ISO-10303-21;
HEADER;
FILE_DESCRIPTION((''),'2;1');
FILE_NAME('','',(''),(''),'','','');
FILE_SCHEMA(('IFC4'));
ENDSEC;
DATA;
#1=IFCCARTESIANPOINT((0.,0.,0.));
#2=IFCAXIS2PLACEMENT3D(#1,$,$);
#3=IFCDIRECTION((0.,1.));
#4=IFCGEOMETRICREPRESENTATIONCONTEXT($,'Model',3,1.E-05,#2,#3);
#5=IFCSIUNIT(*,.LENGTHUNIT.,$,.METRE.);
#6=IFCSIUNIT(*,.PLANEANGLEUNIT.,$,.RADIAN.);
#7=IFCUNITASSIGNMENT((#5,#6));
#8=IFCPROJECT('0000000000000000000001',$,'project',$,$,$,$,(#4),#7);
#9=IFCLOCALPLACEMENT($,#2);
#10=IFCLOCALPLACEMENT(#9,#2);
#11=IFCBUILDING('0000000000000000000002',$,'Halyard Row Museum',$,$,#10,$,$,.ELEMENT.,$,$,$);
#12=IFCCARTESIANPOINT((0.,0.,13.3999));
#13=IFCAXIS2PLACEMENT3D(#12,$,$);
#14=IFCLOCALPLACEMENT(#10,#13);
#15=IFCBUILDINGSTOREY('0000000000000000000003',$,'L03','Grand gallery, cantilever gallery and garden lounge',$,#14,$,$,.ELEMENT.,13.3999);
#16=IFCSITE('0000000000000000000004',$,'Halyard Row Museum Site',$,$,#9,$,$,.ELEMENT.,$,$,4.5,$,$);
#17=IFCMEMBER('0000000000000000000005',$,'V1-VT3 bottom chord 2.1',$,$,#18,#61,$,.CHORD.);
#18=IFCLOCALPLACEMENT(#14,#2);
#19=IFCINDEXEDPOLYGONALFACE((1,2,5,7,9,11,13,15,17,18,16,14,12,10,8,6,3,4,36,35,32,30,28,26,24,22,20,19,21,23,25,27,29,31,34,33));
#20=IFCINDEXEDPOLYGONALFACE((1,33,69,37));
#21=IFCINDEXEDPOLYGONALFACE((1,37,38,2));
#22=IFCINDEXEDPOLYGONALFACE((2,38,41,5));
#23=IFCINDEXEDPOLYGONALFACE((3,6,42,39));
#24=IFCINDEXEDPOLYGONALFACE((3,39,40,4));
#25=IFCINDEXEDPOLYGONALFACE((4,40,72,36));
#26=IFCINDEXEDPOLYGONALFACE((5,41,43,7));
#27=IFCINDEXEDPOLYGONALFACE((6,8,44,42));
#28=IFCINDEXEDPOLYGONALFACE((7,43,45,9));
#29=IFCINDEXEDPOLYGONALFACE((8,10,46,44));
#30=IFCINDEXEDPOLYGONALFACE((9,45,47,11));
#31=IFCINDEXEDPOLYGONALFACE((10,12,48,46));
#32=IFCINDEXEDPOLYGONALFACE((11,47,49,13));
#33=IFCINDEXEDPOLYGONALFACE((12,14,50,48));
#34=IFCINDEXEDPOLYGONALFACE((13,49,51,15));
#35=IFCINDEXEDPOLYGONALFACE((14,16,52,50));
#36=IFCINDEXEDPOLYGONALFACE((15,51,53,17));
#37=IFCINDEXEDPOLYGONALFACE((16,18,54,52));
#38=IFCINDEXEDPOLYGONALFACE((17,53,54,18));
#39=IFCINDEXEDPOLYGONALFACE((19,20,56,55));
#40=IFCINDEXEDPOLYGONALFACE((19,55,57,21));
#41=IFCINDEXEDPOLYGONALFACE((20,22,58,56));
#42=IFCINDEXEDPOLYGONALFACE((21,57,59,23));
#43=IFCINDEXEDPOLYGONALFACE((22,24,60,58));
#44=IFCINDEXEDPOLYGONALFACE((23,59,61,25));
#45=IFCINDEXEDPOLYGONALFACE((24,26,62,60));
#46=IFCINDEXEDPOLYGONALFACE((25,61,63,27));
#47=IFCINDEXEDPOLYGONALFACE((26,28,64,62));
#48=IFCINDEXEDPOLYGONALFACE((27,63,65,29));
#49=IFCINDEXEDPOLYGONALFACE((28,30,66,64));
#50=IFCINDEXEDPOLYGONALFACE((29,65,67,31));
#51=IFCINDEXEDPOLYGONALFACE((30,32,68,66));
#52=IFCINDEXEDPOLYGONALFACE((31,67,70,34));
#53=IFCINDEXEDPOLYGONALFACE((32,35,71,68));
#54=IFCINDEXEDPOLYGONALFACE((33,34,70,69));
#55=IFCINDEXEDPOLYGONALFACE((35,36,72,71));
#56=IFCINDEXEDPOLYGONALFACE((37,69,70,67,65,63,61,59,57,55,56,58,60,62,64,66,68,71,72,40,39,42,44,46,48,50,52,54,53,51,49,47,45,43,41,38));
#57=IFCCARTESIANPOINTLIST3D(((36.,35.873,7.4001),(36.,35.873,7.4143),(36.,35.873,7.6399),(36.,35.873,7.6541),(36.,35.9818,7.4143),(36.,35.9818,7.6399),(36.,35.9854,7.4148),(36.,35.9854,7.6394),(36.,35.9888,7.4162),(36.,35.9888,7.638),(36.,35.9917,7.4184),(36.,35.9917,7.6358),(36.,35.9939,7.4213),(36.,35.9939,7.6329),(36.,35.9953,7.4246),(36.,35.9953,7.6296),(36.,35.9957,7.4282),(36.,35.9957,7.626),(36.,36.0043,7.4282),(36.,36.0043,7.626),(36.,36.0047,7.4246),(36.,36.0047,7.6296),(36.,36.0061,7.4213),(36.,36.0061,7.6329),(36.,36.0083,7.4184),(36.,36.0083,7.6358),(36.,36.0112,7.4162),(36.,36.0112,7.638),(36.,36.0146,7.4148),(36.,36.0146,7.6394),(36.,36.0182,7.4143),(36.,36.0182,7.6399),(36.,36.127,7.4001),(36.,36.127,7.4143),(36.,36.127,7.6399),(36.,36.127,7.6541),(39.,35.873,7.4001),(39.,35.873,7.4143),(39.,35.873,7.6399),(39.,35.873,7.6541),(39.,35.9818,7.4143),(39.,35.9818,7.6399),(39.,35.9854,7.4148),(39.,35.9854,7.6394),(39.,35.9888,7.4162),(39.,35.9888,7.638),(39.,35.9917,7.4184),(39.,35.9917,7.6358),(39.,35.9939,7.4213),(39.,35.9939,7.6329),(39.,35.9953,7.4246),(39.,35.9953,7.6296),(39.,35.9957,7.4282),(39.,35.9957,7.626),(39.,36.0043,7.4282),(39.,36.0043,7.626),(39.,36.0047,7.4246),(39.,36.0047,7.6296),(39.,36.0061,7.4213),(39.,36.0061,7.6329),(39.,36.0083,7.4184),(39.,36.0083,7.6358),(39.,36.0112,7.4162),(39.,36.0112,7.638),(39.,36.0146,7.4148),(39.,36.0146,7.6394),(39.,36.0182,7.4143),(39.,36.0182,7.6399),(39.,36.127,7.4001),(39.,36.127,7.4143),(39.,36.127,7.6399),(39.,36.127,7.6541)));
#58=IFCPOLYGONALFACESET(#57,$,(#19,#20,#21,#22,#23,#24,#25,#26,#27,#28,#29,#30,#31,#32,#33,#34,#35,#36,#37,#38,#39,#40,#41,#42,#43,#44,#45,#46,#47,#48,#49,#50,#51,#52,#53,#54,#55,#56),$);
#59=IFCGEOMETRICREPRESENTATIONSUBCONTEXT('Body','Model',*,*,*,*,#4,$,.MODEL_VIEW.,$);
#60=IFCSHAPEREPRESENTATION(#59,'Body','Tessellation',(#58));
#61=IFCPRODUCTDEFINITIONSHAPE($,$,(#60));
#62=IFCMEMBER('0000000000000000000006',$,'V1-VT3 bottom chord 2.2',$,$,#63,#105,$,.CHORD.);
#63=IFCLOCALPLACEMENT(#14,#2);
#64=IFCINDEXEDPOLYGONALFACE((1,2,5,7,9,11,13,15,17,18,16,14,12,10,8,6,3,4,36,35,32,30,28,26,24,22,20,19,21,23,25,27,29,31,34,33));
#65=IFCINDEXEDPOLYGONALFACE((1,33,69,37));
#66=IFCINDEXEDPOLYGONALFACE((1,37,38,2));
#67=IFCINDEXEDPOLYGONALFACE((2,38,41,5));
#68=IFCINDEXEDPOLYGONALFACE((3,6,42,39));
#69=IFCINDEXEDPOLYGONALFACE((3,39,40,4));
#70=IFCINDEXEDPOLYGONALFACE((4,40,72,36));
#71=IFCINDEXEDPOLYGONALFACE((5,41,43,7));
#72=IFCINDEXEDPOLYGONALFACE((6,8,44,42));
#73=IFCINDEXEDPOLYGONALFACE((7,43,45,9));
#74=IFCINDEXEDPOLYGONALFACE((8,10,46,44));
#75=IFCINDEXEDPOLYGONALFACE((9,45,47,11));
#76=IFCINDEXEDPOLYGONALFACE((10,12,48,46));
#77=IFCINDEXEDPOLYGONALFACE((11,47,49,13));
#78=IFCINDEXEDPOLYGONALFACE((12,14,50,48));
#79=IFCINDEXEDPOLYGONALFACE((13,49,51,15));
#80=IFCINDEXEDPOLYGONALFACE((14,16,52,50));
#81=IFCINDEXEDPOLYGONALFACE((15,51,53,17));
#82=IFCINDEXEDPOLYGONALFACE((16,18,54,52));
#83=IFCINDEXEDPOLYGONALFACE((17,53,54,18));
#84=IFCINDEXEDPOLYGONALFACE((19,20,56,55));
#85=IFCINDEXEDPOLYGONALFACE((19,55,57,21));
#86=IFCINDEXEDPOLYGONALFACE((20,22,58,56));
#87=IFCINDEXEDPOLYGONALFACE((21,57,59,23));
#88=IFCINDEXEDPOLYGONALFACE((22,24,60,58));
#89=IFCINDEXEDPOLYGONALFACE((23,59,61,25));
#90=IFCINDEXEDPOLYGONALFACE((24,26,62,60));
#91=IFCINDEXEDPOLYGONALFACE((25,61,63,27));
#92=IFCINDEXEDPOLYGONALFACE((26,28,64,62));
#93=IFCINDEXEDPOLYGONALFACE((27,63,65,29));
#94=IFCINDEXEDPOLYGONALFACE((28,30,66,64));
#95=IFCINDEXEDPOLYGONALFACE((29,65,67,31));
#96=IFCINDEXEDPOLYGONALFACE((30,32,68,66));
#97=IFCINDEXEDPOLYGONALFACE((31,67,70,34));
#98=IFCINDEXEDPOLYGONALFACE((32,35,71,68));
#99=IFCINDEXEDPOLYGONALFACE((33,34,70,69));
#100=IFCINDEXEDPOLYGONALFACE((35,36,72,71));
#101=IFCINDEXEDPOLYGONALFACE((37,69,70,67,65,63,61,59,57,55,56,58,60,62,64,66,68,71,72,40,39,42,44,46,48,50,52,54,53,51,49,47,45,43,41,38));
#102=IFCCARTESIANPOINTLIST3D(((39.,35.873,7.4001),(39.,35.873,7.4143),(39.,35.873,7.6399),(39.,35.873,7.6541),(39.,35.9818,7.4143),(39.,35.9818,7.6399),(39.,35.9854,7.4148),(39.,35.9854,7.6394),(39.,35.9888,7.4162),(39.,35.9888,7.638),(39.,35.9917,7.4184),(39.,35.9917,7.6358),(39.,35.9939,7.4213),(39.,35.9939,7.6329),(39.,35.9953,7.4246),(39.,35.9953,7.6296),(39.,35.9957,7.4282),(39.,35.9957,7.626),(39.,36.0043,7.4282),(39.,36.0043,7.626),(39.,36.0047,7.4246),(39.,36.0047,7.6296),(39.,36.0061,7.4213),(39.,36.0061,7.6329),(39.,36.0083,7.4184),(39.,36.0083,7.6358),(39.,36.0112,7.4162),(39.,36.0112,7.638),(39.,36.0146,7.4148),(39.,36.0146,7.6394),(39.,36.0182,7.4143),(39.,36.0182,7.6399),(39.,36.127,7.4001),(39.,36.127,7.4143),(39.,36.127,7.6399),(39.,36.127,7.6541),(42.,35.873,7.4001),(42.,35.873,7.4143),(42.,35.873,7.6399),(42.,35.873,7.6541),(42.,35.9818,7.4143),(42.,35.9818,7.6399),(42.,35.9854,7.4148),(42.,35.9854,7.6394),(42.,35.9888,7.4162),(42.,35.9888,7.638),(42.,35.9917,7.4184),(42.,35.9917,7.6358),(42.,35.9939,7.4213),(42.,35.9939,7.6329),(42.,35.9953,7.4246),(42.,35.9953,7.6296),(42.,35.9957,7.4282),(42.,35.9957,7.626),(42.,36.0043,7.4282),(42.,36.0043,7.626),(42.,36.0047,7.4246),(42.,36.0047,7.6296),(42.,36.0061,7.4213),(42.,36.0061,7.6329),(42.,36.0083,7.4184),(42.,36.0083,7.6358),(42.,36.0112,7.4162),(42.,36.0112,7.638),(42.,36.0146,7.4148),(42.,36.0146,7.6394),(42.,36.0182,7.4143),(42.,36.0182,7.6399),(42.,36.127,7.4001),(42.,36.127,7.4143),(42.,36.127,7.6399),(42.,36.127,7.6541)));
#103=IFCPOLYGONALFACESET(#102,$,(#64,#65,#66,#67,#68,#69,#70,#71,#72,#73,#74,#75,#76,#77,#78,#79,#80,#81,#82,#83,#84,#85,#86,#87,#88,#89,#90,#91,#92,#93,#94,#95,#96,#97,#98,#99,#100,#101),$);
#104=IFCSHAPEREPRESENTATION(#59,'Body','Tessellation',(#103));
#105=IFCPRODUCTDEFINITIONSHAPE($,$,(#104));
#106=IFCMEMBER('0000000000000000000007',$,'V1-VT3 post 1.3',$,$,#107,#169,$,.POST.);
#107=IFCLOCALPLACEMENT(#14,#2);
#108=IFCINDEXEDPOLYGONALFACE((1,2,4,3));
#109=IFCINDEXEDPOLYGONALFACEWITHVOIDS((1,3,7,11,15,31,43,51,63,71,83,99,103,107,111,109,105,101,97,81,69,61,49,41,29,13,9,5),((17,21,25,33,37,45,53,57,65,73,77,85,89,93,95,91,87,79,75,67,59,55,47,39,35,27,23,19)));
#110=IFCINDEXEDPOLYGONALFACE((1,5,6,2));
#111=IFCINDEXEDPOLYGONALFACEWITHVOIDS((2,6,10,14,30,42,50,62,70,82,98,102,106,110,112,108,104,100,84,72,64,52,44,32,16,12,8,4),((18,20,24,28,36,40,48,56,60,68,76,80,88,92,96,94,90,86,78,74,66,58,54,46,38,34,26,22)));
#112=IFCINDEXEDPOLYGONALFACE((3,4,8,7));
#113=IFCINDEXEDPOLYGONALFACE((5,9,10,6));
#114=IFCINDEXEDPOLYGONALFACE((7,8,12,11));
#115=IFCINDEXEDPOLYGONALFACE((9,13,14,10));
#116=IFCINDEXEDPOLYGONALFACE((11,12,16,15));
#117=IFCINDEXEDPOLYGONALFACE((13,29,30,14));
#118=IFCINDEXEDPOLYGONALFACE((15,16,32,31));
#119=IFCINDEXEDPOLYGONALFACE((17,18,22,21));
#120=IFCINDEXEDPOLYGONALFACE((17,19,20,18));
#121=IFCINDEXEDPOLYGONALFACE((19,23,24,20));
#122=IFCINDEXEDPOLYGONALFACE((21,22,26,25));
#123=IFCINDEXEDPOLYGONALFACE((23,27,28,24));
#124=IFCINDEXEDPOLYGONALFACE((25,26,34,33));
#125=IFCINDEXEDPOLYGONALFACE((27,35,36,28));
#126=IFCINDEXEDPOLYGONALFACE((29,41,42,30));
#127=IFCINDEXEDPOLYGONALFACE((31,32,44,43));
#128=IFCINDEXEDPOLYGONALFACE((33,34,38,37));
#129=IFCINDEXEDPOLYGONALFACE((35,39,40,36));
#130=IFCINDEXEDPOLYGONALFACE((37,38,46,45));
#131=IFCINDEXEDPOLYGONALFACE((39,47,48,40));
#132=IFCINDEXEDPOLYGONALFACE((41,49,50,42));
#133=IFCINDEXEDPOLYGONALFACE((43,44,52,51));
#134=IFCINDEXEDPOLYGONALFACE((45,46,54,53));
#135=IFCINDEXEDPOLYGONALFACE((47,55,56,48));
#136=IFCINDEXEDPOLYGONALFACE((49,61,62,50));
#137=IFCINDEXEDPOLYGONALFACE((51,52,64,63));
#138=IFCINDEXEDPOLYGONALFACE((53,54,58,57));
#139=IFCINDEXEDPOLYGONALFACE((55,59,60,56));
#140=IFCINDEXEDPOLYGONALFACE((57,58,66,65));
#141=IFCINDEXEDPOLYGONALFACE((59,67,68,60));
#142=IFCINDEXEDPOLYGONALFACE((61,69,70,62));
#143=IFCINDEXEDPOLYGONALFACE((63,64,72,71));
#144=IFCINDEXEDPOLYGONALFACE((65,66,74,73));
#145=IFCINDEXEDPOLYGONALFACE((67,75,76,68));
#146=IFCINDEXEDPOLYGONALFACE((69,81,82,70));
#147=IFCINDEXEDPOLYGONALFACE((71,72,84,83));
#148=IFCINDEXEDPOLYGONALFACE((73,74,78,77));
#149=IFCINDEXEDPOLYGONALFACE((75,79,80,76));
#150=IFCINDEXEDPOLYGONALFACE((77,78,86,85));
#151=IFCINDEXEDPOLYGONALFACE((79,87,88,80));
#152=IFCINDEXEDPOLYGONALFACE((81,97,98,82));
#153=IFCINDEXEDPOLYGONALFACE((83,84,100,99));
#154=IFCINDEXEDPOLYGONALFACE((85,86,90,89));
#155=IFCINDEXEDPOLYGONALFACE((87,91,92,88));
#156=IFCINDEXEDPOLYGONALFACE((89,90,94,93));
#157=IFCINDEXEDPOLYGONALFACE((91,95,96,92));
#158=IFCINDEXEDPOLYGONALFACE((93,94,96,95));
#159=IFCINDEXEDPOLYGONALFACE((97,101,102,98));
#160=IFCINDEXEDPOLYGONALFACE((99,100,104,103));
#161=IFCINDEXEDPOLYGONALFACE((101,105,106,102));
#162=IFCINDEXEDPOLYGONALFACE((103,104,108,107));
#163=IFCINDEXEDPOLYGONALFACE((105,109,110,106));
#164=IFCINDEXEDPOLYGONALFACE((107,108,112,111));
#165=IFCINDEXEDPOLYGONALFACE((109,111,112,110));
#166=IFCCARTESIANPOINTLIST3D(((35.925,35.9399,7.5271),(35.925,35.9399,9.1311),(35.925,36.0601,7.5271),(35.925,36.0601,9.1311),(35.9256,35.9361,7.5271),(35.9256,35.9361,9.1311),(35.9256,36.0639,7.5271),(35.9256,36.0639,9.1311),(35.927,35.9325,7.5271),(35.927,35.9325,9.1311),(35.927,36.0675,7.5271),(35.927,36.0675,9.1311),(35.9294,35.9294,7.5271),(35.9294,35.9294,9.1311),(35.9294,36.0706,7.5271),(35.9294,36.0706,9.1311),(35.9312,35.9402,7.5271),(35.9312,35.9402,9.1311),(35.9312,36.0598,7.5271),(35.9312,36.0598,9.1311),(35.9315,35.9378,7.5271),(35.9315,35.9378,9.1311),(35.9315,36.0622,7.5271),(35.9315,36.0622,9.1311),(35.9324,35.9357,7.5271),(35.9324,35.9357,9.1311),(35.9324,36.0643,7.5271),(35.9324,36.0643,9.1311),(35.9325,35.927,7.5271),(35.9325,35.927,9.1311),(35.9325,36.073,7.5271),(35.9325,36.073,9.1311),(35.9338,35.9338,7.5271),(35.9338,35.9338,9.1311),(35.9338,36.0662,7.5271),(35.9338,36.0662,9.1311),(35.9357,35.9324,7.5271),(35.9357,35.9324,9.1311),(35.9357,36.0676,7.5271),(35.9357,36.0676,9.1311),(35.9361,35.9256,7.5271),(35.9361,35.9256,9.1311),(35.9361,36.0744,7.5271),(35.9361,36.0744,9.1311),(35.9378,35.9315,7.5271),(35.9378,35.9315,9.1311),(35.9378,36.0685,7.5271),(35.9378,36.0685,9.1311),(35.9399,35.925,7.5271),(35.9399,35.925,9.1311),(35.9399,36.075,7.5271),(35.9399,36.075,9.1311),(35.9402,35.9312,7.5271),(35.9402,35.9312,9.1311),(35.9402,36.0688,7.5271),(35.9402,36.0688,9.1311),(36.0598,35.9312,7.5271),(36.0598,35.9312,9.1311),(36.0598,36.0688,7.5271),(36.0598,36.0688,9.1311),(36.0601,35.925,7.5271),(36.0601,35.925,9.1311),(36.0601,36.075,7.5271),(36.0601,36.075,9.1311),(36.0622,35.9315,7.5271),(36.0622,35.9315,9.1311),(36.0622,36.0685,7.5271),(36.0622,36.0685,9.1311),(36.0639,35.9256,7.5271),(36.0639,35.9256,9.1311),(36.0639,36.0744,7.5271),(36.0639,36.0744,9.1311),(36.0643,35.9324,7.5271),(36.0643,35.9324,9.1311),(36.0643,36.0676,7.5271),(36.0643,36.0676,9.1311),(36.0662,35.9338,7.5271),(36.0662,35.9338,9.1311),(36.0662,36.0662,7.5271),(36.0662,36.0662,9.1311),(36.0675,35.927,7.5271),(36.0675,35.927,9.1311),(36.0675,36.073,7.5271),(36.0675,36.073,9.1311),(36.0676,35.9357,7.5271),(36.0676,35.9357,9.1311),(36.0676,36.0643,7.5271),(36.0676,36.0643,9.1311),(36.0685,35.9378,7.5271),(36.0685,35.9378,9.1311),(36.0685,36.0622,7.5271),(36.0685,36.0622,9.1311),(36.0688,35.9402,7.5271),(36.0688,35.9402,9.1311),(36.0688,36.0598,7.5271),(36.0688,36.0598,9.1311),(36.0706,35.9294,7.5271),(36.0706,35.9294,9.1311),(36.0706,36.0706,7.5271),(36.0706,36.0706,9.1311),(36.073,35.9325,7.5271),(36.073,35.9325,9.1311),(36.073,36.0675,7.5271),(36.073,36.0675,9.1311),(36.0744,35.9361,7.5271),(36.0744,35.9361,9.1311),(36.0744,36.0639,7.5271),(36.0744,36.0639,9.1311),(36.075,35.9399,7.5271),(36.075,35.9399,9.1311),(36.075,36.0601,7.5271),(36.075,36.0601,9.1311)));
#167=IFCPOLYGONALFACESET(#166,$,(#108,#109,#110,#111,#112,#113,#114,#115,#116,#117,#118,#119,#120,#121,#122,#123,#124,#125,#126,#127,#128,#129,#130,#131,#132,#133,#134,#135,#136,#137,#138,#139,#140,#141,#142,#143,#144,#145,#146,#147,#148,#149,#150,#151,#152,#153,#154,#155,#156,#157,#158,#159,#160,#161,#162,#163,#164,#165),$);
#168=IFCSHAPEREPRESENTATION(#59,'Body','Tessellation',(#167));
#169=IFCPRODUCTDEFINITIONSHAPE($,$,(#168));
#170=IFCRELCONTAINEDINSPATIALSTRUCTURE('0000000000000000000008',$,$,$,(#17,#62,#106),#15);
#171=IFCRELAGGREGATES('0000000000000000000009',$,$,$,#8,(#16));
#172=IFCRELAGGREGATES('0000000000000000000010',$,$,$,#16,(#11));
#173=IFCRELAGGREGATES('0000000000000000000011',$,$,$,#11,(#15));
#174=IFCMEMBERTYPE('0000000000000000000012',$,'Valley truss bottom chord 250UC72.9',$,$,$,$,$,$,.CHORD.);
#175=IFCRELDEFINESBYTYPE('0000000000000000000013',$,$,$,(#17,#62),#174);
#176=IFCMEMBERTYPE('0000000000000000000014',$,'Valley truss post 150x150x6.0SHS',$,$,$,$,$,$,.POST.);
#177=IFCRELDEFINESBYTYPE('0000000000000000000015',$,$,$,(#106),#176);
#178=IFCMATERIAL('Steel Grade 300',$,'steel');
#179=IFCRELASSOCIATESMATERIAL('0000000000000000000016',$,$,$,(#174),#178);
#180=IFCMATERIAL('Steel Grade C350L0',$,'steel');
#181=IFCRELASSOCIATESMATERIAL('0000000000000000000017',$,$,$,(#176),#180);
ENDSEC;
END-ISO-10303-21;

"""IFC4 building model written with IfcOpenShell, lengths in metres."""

from ifc_helpers import new_model, si_unit, direction, frame, origin, origin_2d, place, context, subcontext, project, spatial, hollow_rectangle, i_section, extrude, material, material_profile, profile_set, type_object, element, save


model = new_model("IFC4")

# Units and contexts
model_context = context("Model", 3, precision=1e-05, world=origin(), true_north=direction((0.0, 1.0)))
body_context = subcontext(model_context, "Body", "Model", "MODEL_VIEW")
ifc_project = project(units=[si_unit("LENGTHUNIT", "METRE"), si_unit("PLANEANGLEUNIT", "RADIAN")], contexts=[model_context])

# Site, building, storey
site_placement = place(None, origin())
site = spatial("IfcSite", under=ifc_project, at=site_placement, Name="Halyard Row Museum Site", CompositionType="ELEMENT", RefElevation=4.5)
building_placement = place(site_placement, origin())
building = spatial("IfcBuilding", under=site, at=building_placement, Name="Halyard Row Museum", CompositionType="ELEMENT")
storey_placement = place(building_placement, frame((0.0, 0.0, 13.3999)))
storey = spatial("IfcBuildingStorey", under=building, at=storey_placement, Name="L03", Description="Grand gallery, cantilever gallery and garden lounge", CompositionType="ELEMENT", Elevation=13.3999)

# Members
ifc_material_1 = material(Name="Steel Grade 300", Category="steel")
ifc_material_profile_1 = material_profile(ifc_material_1, i_section(OverallWidth=0.2539, OverallDepth=0.2539, WebThickness=0.0085, FlangeThickness=0.0142, FilletRadius=0.0139, at=origin_2d()), Name="250UC72.9")
ifc_profile_set_1 = profile_set([ifc_material_profile_1], Name="Steel Grade 300")
member_type_1 = type_object("IfcMemberType", Name="Valley truss bottom chord 250UC72.9", PredefinedType="CHORD", material=ifc_profile_set_1)
for number, where, z_axis, x_axis, name in (
    (1, (36.0, 36.0, 7.5271), (1.0, 0.0, 0.0), (0.0, 1.0, 0.0), "V1-VT3 bottom chord 2.1"),
    (2, (39.0, 36.0, 7.5271), (1.0, 0.0, 0.0), (0.0, 1.0, 0.0), "V1-VT3 bottom chord 2.2"),
):
    element("IfcMember", number, at=place(storey_placement, frame(where, z_axis=z_axis, x_axis=x_axis)), inside=storey, type_object=member_type_1, Name=name, PredefinedType="CHORD", context=body_context, shape_type="SweptSolid", body=[
        extrude(i_section(OverallWidth=0.2539, OverallDepth=0.2539, WebThickness=0.0085, FlangeThickness=0.0142, FilletRadius=0.0139, at=origin_2d()), origin(), (0.0, 0.0, 1.0), 3.0),
    ])
ifc_material_2 = material(Name="Steel Grade C350L0", Category="steel")
ifc_material_profile_2 = material_profile(ifc_material_2, hollow_rectangle(XDim=0.1499, YDim=0.1499, WallThickness=0.0061, InnerFilletRadius=0.009, OuterFilletRadius=0.0149, at=origin_2d()), Name="150x150x6.0SHS")
ifc_profile_set_2 = profile_set([ifc_material_profile_2], Name="Steel Grade C350L0")
member_type_2 = type_object("IfcMemberType", Name="Valley truss post 150x150x6.0SHS", PredefinedType="POST", material=ifc_profile_set_2)
member_1_placement = place(storey_placement, frame((36.0, 36.0, 7.5271), z_axis=(0.0, 0.0, 1.0), x_axis=(1.0, 0.0, 0.0)))
element("IfcMember", 3, at=member_1_placement, inside=storey, type_object=member_type_2, Name="V1-VT3 post 1.3", PredefinedType="POST", context=body_context, shape_type="SweptSolid", body=[
    extrude(hollow_rectangle(XDim=0.1499, YDim=0.1499, WallThickness=0.0061, InnerFilletRadius=0.009, OuterFilletRadius=0.0149, at=origin_2d()), origin(), (0.0, 0.0, 1.0), 1.604),
])

save(model, "model.ifc")
